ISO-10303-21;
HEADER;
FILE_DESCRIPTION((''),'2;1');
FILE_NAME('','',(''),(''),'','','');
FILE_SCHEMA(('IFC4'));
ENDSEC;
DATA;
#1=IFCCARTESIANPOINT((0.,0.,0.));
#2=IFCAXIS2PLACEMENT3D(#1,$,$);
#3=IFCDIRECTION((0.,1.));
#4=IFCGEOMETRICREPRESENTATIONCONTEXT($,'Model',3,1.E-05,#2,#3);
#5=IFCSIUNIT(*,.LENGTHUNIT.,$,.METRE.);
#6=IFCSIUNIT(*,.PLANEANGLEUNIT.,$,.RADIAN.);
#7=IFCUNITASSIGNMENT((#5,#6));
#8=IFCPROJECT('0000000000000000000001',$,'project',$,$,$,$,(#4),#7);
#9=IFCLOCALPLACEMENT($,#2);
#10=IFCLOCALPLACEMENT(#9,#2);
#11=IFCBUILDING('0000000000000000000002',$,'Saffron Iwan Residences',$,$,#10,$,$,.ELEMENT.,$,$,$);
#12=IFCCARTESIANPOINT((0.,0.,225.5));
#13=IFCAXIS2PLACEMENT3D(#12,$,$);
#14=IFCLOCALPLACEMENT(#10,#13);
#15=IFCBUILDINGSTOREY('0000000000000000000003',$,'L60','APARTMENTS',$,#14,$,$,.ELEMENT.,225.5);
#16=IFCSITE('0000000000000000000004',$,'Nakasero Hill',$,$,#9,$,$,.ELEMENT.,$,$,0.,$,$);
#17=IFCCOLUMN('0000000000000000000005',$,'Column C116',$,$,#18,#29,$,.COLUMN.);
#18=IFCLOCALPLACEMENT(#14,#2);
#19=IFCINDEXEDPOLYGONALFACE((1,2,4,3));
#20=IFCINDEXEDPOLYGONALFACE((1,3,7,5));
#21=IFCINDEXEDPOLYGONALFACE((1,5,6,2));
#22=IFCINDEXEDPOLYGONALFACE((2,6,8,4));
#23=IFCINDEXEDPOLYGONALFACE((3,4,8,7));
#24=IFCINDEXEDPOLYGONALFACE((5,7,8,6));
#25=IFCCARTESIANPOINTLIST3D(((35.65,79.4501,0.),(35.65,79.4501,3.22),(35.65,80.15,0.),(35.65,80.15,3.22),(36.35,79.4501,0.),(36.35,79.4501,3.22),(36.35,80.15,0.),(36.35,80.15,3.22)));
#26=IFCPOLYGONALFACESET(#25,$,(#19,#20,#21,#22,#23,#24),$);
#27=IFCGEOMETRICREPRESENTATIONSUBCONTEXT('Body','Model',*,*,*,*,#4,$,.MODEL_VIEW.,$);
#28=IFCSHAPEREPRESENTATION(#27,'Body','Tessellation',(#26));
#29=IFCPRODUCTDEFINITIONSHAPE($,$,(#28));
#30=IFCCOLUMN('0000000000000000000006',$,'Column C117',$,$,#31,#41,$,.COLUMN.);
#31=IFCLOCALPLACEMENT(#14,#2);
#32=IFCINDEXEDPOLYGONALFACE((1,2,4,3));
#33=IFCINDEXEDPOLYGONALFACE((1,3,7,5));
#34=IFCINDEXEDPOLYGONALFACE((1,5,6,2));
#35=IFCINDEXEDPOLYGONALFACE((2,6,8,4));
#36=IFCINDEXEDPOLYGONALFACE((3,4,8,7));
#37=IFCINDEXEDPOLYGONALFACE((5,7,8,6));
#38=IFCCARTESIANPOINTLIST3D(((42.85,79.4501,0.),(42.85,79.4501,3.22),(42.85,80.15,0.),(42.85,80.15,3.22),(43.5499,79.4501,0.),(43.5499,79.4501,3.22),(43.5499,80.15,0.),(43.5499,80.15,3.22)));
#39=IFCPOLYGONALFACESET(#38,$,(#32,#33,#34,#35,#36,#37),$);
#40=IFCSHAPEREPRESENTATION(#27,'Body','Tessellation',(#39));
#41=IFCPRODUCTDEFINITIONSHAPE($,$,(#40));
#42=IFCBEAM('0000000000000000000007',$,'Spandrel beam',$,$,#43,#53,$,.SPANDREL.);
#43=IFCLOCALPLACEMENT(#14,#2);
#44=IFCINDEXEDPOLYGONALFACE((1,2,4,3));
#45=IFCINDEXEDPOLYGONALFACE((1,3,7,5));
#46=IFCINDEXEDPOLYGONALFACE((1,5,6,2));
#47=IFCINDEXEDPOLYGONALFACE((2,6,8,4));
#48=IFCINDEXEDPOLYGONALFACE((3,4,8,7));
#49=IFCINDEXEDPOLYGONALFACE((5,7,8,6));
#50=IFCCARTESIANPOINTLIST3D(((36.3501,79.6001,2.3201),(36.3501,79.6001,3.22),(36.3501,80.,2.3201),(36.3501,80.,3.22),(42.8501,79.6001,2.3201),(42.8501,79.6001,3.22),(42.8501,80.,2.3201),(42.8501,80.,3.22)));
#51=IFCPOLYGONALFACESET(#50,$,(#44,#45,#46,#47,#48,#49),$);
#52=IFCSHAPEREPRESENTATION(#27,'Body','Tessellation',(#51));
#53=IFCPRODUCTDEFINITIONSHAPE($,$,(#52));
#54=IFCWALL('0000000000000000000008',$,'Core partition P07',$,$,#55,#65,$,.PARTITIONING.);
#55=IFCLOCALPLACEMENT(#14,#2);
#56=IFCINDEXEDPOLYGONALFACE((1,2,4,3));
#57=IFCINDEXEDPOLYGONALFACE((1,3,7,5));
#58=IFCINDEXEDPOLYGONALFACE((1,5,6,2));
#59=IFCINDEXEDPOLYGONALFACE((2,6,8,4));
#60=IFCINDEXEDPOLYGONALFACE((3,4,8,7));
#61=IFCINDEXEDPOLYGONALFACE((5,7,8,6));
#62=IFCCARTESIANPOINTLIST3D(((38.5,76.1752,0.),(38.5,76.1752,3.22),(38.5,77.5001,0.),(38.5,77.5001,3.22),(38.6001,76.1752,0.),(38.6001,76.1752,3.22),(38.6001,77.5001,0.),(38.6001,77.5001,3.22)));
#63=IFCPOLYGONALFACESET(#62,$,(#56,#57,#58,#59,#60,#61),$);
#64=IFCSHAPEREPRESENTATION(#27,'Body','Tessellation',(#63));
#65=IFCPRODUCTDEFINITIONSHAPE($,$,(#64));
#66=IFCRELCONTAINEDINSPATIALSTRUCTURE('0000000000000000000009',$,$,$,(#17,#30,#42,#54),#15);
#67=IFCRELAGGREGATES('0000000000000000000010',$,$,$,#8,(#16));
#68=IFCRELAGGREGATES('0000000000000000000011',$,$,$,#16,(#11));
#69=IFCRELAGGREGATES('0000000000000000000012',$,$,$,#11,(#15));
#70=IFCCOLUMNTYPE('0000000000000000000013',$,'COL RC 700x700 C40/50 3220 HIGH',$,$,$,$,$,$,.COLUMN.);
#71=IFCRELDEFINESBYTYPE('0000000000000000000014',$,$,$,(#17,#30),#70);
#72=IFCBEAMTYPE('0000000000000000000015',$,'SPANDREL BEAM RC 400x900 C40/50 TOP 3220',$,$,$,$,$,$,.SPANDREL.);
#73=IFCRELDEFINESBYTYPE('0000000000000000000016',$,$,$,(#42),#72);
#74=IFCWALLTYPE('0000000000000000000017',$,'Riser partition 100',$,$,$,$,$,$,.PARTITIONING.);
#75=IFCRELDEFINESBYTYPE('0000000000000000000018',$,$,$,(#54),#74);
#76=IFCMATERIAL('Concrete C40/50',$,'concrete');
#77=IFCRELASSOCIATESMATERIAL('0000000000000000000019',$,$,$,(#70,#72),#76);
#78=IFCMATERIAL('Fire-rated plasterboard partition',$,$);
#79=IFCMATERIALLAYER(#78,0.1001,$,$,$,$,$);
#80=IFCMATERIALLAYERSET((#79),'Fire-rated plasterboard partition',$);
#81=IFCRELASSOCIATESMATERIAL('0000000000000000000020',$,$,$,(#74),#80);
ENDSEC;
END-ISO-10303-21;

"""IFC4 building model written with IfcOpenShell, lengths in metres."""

from ifc_helpers import new_model, si_unit, direction, frame, frame_2d, origin, origin_2d, place, context, subcontext, project, spatial, rectangle, extrude, source, transform, mapped, material, layer, layer_set, material_profile, profile_set, type_object, element, save


model = new_model("IFC4")

# Units and contexts
model_context = context("Model", 3, precision=1e-05, world=origin(), true_north=direction((0.0, 1.0)))
body_context = subcontext(model_context, "Body", "Model", "MODEL_VIEW")
ifc_project = project(units=[si_unit("LENGTHUNIT", "METRE"), si_unit("PLANEANGLEUNIT", "RADIAN")], contexts=[model_context])

# Site, building, storey
site_placement = place(None, origin())
site = spatial("IfcSite", under=ifc_project, at=site_placement, Name="Nakasero Hill", CompositionType="ELEMENT", RefElevation=0.0)
building_placement = place(site_placement, origin())
building = spatial("IfcBuilding", under=site, at=building_placement, Name="Saffron Iwan Residences", CompositionType="ELEMENT")
storey_placement = place(building_placement, frame((0.0, 0.0, 225.5)))
storey = spatial("IfcBuildingStorey", under=building, at=storey_placement, Name="L60", Description="APARTMENTS", CompositionType="ELEMENT", Elevation=225.5)

# Columns
ifc_material_1 = material(Name="Concrete C40/50", Category="concrete")
ifc_material_profile_1 = material_profile(ifc_material_1, rectangle(XDim=0.7, YDim=0.7, at=origin_2d()), Name="RC 700x700")
ifc_profile_set_1 = profile_set([ifc_material_profile_1], Name="Concrete C40/50")
column_type = type_object("IfcColumnType", Name="COL RC 700x700 C40/50 3220 HIGH", PredefinedType="COLUMN", material=ifc_profile_set_1)
shared_shape_1 = source(origin(), body_context, "Body", "SweptSolid", [
    extrude(rectangle(XDim=0.7, YDim=0.7, at=origin_2d()), origin(), (0.0, 0.0, 1.0), 3.22),
])
for number, where, z_axis, x_axis, name in (
    (1, (36.0, 79.8, 0.0), (0.0, 0.0, 1.0), (1.0, 0.0, 0.0), "Column C116"),
    (2, (43.2, 79.8, 0.0), (0.0, 0.0, 1.0), (1.0, 0.0, 0.0), "Column C117"),
):
    element("IfcColumn", number, at=place(storey_placement, frame(where, z_axis=z_axis, x_axis=x_axis)), inside=storey, type_object=column_type, Name=name, PredefinedType="COLUMN", context=body_context, shape_type="MappedRepresentation", body=[
        mapped(shared_shape_1, transform((0.0, 0.0, 0.0))),
    ])

# Beam
ifc_material_profile_2 = material_profile(ifc_material_1, rectangle(XDim=0.3999, YDim=0.8999, at=origin_2d()), Name="RC 400x900")
ifc_profile_set_2 = profile_set([ifc_material_profile_2], Name="Concrete C40/50")
beam_type = type_object("IfcBeamType", Name="SPANDREL BEAM RC 400x900 C40/50 TOP 3220", PredefinedType="SPANDREL", material=ifc_profile_set_2)
shared_shape_2 = source(origin(), body_context, "Body", "SweptSolid", [
    extrude(rectangle(XDim=0.3999, YDim=0.8999, at=origin_2d()), origin(), (0.0, 0.0, 1.0), 6.5),
])
beam_placement = place(storey_placement, frame((36.3501, 79.8, 2.77), z_axis=(1.0, 0.0, 0.0), x_axis=(0.0, 1.0, 0.0)))
element("IfcBeam", 3, at=beam_placement, inside=storey, type_object=beam_type, Name="Spandrel beam", PredefinedType="SPANDREL", context=body_context, shape_type="MappedRepresentation", body=[
    mapped(shared_shape_2, transform((0.0, 0.0, 0.0))),
])

# Wall
ifc_material_2 = material(Name="Fire-rated plasterboard partition")
ifc_layer_1 = layer(ifc_material_2, 0.1001)
ifc_layer_set_1 = layer_set([ifc_layer_1], Name="Fire-rated plasterboard partition")
wall_type_1 = type_object("IfcWallType", Name="Riser partition 100", PredefinedType="PARTITIONING", material=ifc_layer_set_1)
wall_1_placement = place(storey_placement, frame((38.55, 76.175, 0.0), z_axis=(0.0, 0.0, 1.0), x_axis=(0.0, 1.0, 0.0)))
element("IfcWall", 4, at=wall_1_placement, inside=storey, type_object=wall_type_1, Name="Core partition P07", PredefinedType="PARTITIONING", context=body_context, shape_type="SweptSolid", body=[
    extrude(rectangle(XDim=1.325, YDim=0.1001, at=frame_2d((0.6626, 0.0))), origin(), (0.0, 0.0, 1.0), 3.22),
])

save(model, "model.ifc")
